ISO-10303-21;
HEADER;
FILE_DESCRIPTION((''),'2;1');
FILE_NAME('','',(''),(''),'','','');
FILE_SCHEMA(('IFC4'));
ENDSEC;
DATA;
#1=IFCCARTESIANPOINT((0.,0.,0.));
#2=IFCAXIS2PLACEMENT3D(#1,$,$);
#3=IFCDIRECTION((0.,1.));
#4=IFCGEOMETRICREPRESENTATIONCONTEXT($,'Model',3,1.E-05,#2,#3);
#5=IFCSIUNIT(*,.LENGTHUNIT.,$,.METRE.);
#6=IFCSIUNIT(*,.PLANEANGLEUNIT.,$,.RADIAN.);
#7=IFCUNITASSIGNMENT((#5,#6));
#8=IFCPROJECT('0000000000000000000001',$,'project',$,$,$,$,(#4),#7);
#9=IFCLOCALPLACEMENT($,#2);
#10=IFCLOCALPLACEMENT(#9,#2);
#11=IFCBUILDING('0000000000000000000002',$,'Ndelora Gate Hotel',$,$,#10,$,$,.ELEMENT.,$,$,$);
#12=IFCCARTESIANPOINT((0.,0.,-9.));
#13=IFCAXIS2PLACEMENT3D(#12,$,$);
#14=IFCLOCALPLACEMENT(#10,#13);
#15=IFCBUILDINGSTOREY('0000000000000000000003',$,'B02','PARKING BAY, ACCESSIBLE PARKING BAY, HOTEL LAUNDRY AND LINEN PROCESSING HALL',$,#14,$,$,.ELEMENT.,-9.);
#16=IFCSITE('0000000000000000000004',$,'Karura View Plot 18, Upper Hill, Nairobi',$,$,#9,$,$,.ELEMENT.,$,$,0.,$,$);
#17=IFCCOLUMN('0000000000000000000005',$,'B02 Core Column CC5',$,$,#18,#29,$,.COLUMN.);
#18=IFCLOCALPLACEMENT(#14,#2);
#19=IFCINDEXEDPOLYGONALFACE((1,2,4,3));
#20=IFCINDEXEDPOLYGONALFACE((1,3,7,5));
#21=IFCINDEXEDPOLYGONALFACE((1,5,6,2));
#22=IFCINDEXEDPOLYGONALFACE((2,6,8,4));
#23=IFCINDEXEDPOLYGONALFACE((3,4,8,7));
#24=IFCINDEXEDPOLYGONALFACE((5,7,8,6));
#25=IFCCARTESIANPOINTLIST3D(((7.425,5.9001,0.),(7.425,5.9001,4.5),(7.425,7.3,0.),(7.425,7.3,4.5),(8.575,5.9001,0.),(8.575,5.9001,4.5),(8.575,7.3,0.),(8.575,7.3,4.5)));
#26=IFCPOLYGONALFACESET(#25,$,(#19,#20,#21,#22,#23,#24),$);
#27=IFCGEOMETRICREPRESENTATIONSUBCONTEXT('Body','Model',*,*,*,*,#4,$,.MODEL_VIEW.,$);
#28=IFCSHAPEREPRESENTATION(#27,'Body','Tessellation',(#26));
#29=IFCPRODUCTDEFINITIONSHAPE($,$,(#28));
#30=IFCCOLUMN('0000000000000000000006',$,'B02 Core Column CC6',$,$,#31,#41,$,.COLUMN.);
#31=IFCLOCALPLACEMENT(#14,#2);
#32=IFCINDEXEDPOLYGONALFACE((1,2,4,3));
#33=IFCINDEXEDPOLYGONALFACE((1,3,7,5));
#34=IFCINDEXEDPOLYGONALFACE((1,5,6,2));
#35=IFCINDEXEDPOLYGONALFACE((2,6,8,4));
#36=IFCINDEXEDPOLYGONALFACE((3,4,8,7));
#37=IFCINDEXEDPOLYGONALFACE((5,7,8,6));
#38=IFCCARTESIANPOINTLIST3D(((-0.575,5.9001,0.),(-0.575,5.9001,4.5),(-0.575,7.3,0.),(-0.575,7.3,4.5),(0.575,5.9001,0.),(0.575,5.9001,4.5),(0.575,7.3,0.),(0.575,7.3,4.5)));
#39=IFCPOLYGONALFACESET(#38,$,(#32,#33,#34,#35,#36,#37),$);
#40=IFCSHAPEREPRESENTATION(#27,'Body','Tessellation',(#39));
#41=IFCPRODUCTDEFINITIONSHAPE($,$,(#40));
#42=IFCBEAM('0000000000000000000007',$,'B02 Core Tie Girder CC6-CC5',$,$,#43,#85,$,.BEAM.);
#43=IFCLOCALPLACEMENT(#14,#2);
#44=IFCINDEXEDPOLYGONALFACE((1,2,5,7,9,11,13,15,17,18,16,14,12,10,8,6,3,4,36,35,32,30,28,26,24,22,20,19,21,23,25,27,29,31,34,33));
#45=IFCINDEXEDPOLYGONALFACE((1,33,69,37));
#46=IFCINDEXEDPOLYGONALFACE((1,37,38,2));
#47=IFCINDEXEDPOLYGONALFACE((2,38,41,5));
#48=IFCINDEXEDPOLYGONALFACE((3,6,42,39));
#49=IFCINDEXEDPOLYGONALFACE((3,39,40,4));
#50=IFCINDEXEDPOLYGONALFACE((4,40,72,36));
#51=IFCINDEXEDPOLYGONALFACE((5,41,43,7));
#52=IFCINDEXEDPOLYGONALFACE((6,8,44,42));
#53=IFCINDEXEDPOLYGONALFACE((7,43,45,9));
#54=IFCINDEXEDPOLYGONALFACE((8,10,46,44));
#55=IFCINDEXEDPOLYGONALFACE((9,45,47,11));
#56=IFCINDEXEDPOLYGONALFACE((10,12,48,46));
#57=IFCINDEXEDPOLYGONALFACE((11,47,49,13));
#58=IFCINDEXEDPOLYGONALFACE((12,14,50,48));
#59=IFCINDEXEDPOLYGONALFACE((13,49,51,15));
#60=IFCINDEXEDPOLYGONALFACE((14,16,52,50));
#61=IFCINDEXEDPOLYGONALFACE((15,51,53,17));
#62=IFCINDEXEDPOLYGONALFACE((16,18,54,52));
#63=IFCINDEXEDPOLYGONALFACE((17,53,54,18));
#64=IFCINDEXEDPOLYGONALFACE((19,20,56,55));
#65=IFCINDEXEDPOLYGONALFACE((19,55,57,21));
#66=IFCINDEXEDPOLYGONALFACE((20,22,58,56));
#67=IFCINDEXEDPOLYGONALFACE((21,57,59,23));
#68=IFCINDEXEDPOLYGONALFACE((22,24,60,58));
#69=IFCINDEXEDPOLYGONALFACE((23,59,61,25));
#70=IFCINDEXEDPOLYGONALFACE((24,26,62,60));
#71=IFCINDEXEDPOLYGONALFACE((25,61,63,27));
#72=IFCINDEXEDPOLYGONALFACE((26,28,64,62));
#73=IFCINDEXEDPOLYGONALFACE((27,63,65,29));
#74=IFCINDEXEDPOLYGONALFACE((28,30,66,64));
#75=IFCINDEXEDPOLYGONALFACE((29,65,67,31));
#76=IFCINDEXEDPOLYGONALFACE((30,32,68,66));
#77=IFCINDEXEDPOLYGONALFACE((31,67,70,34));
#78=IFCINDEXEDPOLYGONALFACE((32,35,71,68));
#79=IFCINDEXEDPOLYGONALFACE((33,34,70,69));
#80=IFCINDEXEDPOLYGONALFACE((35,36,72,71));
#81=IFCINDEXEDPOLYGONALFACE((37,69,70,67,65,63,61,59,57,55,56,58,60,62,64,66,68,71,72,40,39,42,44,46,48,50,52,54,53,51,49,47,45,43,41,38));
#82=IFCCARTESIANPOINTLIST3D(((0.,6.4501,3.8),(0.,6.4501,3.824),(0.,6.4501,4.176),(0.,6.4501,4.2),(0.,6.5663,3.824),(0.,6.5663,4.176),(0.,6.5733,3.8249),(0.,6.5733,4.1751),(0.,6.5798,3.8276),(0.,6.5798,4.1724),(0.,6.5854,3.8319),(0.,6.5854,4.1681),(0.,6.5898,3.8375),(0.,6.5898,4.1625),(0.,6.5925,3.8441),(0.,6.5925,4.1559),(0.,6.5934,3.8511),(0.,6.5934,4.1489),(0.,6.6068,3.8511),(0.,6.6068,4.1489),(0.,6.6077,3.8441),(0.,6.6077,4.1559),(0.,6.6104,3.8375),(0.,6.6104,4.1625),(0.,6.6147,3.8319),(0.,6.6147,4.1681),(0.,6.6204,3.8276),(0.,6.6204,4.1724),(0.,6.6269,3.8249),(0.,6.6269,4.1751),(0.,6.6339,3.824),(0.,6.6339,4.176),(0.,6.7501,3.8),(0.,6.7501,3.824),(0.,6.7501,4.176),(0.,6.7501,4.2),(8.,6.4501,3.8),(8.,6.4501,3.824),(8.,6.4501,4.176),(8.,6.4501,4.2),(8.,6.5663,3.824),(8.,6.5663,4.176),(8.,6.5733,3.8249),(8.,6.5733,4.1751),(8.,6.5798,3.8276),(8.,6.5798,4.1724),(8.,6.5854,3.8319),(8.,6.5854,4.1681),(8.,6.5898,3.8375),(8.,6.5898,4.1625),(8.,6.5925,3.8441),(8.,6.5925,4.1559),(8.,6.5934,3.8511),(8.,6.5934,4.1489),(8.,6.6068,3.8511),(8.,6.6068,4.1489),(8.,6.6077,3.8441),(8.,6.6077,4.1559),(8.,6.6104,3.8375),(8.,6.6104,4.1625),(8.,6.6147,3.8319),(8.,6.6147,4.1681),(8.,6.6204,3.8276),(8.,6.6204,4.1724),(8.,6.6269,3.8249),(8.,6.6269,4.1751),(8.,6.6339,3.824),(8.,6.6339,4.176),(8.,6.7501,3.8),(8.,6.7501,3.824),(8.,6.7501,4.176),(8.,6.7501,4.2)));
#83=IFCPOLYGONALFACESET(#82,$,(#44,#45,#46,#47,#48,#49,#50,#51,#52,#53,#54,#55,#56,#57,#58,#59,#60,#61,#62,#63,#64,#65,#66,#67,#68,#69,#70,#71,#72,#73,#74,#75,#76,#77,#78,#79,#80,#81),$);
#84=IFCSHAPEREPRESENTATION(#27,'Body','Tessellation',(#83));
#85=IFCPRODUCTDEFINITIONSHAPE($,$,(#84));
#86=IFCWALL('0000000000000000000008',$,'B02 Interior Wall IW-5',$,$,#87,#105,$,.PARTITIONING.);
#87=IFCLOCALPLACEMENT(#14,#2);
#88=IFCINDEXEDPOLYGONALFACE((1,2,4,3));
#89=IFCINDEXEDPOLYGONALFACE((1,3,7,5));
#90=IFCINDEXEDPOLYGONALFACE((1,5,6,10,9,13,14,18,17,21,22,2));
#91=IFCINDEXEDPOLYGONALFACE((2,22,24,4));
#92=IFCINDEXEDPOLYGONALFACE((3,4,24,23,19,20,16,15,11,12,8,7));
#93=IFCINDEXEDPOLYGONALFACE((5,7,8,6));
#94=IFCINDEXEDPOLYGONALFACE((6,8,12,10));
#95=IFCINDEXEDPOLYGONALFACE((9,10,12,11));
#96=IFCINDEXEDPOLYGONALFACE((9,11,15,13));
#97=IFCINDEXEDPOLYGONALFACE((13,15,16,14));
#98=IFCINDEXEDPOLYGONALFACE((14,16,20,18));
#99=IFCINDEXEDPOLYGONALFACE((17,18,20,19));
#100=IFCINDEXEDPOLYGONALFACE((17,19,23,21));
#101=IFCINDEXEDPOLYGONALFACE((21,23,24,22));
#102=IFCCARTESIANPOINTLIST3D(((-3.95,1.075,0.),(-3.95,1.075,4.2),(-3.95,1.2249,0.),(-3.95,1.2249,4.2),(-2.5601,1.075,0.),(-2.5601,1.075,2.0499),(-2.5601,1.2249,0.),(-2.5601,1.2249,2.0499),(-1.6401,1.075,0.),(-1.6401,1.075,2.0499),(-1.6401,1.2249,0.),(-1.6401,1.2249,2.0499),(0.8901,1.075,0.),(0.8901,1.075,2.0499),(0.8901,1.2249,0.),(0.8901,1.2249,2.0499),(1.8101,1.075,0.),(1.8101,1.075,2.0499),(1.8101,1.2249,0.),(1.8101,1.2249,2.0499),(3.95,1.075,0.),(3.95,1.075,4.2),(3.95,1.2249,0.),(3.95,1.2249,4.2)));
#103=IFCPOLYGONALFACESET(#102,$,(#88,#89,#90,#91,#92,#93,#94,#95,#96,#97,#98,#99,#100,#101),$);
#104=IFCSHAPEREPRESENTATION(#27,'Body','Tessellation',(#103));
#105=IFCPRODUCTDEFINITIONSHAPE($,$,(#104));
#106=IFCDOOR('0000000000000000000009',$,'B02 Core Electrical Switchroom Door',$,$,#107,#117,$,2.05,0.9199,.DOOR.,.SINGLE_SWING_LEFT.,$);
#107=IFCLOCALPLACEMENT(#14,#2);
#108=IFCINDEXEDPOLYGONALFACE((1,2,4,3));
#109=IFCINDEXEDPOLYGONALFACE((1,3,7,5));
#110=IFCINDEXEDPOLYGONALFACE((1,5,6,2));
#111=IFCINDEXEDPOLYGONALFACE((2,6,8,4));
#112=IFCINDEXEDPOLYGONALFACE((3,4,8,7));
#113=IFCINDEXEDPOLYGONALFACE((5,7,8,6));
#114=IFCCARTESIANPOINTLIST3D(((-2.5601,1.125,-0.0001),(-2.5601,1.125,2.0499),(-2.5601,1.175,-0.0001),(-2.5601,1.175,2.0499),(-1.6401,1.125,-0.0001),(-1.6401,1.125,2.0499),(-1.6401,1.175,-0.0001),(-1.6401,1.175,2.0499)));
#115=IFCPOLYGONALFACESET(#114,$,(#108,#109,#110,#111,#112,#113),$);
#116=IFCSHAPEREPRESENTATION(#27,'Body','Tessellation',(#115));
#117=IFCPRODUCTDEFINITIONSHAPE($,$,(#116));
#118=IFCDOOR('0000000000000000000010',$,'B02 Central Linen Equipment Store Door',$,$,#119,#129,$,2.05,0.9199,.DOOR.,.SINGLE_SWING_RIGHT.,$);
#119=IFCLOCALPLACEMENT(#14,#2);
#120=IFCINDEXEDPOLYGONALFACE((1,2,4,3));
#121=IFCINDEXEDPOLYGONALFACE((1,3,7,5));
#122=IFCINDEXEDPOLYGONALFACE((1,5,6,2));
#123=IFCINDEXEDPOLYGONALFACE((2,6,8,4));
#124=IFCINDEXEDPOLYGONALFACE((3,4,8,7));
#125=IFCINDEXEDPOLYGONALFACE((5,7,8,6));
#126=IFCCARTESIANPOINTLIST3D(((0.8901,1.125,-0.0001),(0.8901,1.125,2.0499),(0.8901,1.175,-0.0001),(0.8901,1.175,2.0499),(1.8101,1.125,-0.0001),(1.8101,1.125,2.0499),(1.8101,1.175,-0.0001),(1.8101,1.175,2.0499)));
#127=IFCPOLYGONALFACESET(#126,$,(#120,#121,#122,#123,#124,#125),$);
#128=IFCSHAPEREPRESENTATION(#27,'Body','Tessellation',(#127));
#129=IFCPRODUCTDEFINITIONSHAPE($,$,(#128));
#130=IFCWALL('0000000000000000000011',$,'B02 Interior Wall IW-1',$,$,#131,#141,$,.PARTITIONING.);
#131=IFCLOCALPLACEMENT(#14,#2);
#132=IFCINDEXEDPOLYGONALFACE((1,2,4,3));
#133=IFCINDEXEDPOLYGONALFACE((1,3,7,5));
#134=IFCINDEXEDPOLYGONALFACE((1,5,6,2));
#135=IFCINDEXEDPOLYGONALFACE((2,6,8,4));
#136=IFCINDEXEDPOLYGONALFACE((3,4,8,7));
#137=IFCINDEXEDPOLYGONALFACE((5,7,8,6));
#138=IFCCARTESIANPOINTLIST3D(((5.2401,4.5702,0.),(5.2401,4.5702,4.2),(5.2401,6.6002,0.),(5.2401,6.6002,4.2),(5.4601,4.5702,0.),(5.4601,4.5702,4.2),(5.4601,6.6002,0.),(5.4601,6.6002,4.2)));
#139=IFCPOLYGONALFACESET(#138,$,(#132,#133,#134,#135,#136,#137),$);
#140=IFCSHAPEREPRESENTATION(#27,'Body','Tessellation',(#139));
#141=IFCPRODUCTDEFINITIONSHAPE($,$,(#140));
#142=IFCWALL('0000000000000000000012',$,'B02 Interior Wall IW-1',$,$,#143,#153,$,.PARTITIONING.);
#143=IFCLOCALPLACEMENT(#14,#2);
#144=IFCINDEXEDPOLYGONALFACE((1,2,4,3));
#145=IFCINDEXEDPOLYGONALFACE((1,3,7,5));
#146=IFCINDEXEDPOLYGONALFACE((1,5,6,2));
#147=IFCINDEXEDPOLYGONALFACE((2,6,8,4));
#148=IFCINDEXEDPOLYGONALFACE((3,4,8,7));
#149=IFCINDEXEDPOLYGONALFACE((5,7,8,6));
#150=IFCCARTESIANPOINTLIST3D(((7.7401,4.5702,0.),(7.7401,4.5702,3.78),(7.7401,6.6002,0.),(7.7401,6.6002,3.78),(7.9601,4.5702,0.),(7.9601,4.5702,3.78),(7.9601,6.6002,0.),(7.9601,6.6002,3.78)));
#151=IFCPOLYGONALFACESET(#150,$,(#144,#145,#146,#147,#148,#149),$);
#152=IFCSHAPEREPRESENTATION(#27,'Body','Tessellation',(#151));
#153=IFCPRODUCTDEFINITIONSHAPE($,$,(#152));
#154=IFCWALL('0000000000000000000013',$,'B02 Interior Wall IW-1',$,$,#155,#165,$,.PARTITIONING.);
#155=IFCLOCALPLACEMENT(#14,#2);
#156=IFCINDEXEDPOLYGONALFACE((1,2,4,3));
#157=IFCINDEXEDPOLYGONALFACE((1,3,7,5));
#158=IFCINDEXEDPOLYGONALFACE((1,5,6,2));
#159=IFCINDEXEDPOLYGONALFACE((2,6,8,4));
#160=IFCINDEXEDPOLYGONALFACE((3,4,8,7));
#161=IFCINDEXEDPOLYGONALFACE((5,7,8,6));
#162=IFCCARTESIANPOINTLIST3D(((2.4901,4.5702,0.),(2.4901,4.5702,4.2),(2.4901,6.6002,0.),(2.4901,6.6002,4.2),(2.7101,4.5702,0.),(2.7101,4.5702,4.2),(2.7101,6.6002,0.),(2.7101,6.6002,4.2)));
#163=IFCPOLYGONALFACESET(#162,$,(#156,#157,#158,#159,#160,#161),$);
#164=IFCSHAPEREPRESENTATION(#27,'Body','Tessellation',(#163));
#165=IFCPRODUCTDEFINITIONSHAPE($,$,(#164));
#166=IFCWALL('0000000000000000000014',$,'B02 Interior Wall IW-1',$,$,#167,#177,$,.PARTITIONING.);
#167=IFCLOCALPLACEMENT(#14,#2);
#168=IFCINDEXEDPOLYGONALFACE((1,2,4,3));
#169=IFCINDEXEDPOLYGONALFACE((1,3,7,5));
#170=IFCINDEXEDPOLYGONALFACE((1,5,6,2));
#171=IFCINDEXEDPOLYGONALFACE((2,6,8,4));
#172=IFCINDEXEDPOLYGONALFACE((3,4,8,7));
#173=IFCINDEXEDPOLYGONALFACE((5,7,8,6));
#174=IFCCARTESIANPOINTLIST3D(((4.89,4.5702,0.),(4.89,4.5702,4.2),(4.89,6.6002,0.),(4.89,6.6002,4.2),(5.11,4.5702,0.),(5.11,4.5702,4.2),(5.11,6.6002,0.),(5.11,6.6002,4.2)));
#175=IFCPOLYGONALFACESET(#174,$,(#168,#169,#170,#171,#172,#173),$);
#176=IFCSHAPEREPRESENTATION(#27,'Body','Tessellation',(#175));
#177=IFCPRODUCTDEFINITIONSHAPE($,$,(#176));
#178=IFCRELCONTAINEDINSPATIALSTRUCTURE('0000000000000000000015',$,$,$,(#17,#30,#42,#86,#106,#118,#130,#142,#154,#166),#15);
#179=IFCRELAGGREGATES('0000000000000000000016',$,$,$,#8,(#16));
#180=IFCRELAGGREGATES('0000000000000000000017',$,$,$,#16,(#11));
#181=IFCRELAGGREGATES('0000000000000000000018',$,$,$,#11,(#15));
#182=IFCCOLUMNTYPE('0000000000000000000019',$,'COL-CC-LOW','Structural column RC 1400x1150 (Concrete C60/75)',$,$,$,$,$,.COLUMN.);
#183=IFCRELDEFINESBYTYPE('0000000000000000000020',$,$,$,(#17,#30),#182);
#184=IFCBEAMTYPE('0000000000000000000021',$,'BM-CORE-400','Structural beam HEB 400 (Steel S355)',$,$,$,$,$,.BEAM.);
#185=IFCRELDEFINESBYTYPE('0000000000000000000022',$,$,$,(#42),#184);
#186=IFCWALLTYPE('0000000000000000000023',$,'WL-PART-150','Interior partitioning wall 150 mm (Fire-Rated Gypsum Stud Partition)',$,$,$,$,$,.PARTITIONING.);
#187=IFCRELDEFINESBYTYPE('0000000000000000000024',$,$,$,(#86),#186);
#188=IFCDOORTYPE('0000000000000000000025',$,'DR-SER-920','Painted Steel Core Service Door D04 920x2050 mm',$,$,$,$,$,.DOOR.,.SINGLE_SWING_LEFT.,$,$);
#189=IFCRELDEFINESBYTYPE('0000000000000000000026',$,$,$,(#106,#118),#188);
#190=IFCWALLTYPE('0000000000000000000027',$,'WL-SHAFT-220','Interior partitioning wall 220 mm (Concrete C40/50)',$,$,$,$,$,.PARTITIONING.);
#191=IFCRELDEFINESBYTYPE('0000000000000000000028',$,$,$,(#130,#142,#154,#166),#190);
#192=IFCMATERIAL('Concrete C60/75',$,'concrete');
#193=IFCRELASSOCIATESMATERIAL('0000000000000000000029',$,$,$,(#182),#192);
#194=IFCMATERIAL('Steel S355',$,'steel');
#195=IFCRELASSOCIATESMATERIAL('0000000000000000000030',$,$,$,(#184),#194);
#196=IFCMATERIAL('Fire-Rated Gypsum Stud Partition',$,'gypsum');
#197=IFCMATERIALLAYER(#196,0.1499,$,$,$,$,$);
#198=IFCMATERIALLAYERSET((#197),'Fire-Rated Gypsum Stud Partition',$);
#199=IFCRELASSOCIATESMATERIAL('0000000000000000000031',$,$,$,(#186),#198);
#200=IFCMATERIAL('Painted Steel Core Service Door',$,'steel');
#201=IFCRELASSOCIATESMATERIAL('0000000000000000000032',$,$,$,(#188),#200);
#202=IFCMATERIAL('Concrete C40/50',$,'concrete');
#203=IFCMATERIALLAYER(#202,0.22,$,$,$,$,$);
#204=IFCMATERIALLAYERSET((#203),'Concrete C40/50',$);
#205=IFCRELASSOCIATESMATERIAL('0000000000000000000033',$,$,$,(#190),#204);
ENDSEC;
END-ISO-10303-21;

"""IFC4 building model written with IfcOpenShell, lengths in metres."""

from ifc_helpers import new_model, si_unit, direction, frame, frame_2d, origin, origin_2d, place, context, subcontext, project, spatial, rectangle, i_section, extrude, material, layer, layer_set, material_profile, profile_set, type_object, element, fill, save


model = new_model("IFC4")

# Units and contexts
model_context = context("Model", 3, precision=1e-05, world=origin(), true_north=direction((0.0, 1.0)))
body_context = subcontext(model_context, "Body", "Model", "MODEL_VIEW")
ifc_project = project(units=[si_unit("LENGTHUNIT", "METRE"), si_unit("PLANEANGLEUNIT", "RADIAN")], contexts=[model_context])

# Site, building, storey
site_placement = place(None, origin())
site = spatial("IfcSite", under=ifc_project, at=site_placement, Name="Karura View Plot 18, Upper Hill, Nairobi", CompositionType="ELEMENT", RefElevation=0.0)
building_placement = place(site_placement, origin())
building = spatial("IfcBuilding", under=site, at=building_placement, Name="Ndelora Gate Hotel", CompositionType="ELEMENT")
storey_placement = place(building_placement, frame((0.0, 0.0, -9.0)))
storey = spatial("IfcBuildingStorey", under=building, at=storey_placement, Name="B02", Description="PARKING BAY, ACCESSIBLE PARKING BAY, HOTEL LAUNDRY AND LINEN PROCESSING HALL", CompositionType="ELEMENT", Elevation=-9.0)

# Columns
ifc_material_1 = material(Name="Concrete C60/75", Category="concrete")
ifc_material_profile_1 = material_profile(ifc_material_1, rectangle(XDim=1.1499, YDim=1.3999, at=origin_2d()), Name="RC 1400x1150")
ifc_profile_set_1 = profile_set([ifc_material_profile_1], Name="Concrete C60/75")
column_type = type_object("IfcColumnType", Name="COL-CC-LOW", Description="Structural column RC 1400x1150 (Concrete C60/75)", PredefinedType="COLUMN", material=ifc_profile_set_1)
for number, where, z_axis, x_axis, name in (
    (1, (8.0, 6.6001, 0.0), (0.0, 0.0, 1.0), (1.0, 0.0, 0.0), "B02 Core Column CC5"),
    (2, (0.0, 6.6001, 0.0), (0.0, 0.0, 1.0), (1.0, 0.0, 0.0), "B02 Core Column CC6"),
):
    element("IfcColumn", number, at=place(storey_placement, frame(where, z_axis=z_axis, x_axis=x_axis)), inside=storey, type_object=column_type, Name=name, PredefinedType="COLUMN", context=body_context, shape_type="SweptSolid", body=[
        extrude(rectangle(XDim=1.1499, YDim=1.3999, at=origin_2d()), origin(), (0.0, 0.0, 1.0), 4.5),
    ])

# Beam
ifc_material_2 = material(Name="Steel S355", Category="steel")
ifc_material_profile_2 = material_profile(ifc_material_2, i_section(OverallWidth=0.3, OverallDepth=0.3999, WebThickness=0.0134, FlangeThickness=0.0239, FilletRadius=0.0271, at=origin_2d()), Name="HEB 400")
ifc_profile_set_2 = profile_set([ifc_material_profile_2], Name="Steel S355")
beam_type = type_object("IfcBeamType", Name="BM-CORE-400", Description="Structural beam HEB 400 (Steel S355)", PredefinedType="BEAM", material=ifc_profile_set_2)
beam_placement = place(storey_placement, frame((0.0, 6.6001, 4.0), z_axis=(1.0, 0.0, 0.0), x_axis=(0.0, 1.0, 0.0)))
element("IfcBeam", 3, at=beam_placement, inside=storey, type_object=beam_type, Name="B02 Core Tie Girder CC6-CC5", PredefinedType="BEAM", context=body_context, shape_type="SweptSolid", body=[
    extrude(i_section(OverallWidth=0.3, OverallDepth=0.3999, WebThickness=0.0134, FlangeThickness=0.0239, FilletRadius=0.0271, at=origin_2d()), origin(), (0.0, 0.0, 1.0), 8.0),
])

# Shared definitions
ifc_material_3 = material(Name="Concrete C40/50", Category="concrete")

# Wall, openings, doors
ifc_material_4 = material(Name="Fire-Rated Gypsum Stud Partition", Category="gypsum")
ifc_layer_1 = layer(ifc_material_4, 0.1499)
ifc_layer_set_1 = layer_set([ifc_layer_1], Name="Fire-Rated Gypsum Stud Partition")
wall_type_1 = type_object("IfcWallType", Name="WL-PART-150", Description="Interior partitioning wall 150 mm (Fire-Rated Gypsum Stud Partition)", PredefinedType="PARTITIONING", material=ifc_layer_set_1)
wall_1_placement = place(storey_placement, frame((3.95, 1.1499, 0.0), z_axis=(0.0, 0.0, 1.0), x_axis=(-1.0, 0.0, 0.0)))
wall_1 = element("IfcWall", 4, at=wall_1_placement, inside=storey, type_object=wall_type_1, Name="B02 Interior Wall IW-5", PredefinedType="PARTITIONING", context=body_context, shape_type="SweptSolid", body=[
    extrude(rectangle(XDim=7.8999, YDim=0.1499, at=frame_2d((3.95, 0.0))), origin(), (0.0, 0.0, 1.0), 4.2),
])
opening_1_placement = place(wall_1_placement, frame((5.5901, 0.0, 0.0)))
opening_1 = element("IfcOpeningElement", 5, at=opening_1_placement, cuts=wall_1, PredefinedType="OPENING", context=body_context, shape_type="SweptSolid", body=[
    extrude(rectangle(XDim=0.9199, YDim=2.05, at=frame_2d((0.46, 1.0249))), frame((0.0, 0.085, 0.0), z_axis=(0.0, -1.0, 0.0), x_axis=(1.0, 0.0, 0.0)), (0.0, 0.0, 1.0), 0.1699),
])
opening_2_placement = place(wall_1_placement, frame((2.1399, 0.0, 0.0)))
opening_2 = element("IfcOpeningElement", 6, at=opening_2_placement, cuts=wall_1, PredefinedType="OPENING", context=body_context, shape_type="SweptSolid", body=[
    extrude(rectangle(XDim=0.9199, YDim=2.05, at=frame_2d((0.46, 1.0249))), frame((0.0, 0.085, 0.0), z_axis=(0.0, -1.0, 0.0), x_axis=(1.0, 0.0, 0.0)), (0.0, 0.0, 1.0), 0.1699),
])
ifc_material_5 = material(Name="Painted Steel Core Service Door", Category="steel")
door_type_1 = type_object("IfcDoorType", Name="DR-SER-920", Description="Painted Steel Core Service Door D04 920x2050 mm", OperationType="SINGLE_SWING_LEFT", PredefinedType="DOOR", material=ifc_material_5)
door_1_placement = place(opening_1_placement, origin())
door_1 = element("IfcDoor", 7, at=door_1_placement, inside=storey, type_object=door_type_1, Name="B02 Core Electrical Switchroom Door", OperationType="SINGLE_SWING_LEFT", OverallHeight=2.05, OverallWidth=0.9199, PredefinedType="DOOR", context=body_context, shape_type="SweptSolid", body=[
    extrude(rectangle(XDim=0.9199, YDim=2.05, at=frame_2d((0.46, 1.0249))), frame((0.0, 0.0249, 0.0), z_axis=(0.0, -1.0, 0.0), x_axis=(1.0, 0.0, 0.0)), (0.0, 0.0, 1.0), 0.05),
])
fill(opening_1, door_1)
door_2_placement = place(opening_2_placement, origin())
door_2 = element("IfcDoor", 8, at=door_2_placement, inside=storey, type_object=door_type_1, Name="B02 Central Linen Equipment Store Door", OperationType="SINGLE_SWING_RIGHT", OverallHeight=2.05, OverallWidth=0.9199, PredefinedType="DOOR", context=body_context, shape_type="SweptSolid", body=[
    extrude(rectangle(XDim=0.9199, YDim=2.05, at=frame_2d((0.46, 1.0249))), frame((0.0, 0.0249, 0.0), z_axis=(0.0, -1.0, 0.0), x_axis=(1.0, 0.0, 0.0)), (0.0, 0.0, 1.0), 0.05),
])
fill(opening_2, door_2)

# Shared definitions
ifc_layer_2 = layer(ifc_material_3, 0.22)
ifc_layer_set_2 = layer_set([ifc_layer_2], Name="Concrete C40/50")
wall_type_2 = type_object("IfcWallType", Name="WL-SHAFT-220", Description="Interior partitioning wall 220 mm (Concrete C40/50)", PredefinedType="PARTITIONING", material=ifc_layer_set_2)

# Walls
wall_2_placement = place(storey_placement, frame((5.3501, 4.5701, 0.0), z_axis=(0.0, 0.0, 1.0), x_axis=(0.0, 1.0, 0.0)))
element("IfcWall", 9, at=wall_2_placement, inside=storey, type_object=wall_type_2, Name="B02 Interior Wall IW-1", PredefinedType="PARTITIONING", context=body_context, shape_type="SweptSolid", body=[
    extrude(rectangle(XDim=2.03, YDim=0.22, at=frame_2d((1.0151, 0.0))), origin(), (0.0, 0.0, 1.0), 4.2),
])
wall_3_placement = place(storey_placement, frame((7.8501, 4.5701, 0.0), z_axis=(0.0, 0.0, 1.0), x_axis=(0.0, 1.0, 0.0)))
element("IfcWall", 10, at=wall_3_placement, inside=storey, type_object=wall_type_2, Name="B02 Interior Wall IW-1", PredefinedType="PARTITIONING", context=body_context, shape_type="SweptSolid", body=[
    extrude(rectangle(XDim=2.03, YDim=0.22, at=frame_2d((1.0151, 0.0))), origin(), (0.0, 0.0, 1.0), 3.78),
])

# Walls
for number, where, z_axis, x_axis, name in (
    (11, (2.6001, 4.5701, 0.0), (0.0, 0.0, 1.0), (0.0, 1.0, 0.0), "B02 Interior Wall IW-1"),
    (12, (5.0, 4.5701, 0.0), (0.0, 0.0, 1.0), (0.0, 1.0, 0.0), "B02 Interior Wall IW-1"),
):
    element("IfcWall", number, at=place(storey_placement, frame(where, z_axis=z_axis, x_axis=x_axis)), inside=storey, type_object=wall_type_2, Name=name, PredefinedType="PARTITIONING", context=body_context, shape_type="SweptSolid", body=[
        extrude(rectangle(XDim=2.03, YDim=0.22, at=frame_2d((1.0151, 0.0))), origin(), (0.0, 0.0, 1.0), 4.2),
    ])

save(model, "model.ifc")
